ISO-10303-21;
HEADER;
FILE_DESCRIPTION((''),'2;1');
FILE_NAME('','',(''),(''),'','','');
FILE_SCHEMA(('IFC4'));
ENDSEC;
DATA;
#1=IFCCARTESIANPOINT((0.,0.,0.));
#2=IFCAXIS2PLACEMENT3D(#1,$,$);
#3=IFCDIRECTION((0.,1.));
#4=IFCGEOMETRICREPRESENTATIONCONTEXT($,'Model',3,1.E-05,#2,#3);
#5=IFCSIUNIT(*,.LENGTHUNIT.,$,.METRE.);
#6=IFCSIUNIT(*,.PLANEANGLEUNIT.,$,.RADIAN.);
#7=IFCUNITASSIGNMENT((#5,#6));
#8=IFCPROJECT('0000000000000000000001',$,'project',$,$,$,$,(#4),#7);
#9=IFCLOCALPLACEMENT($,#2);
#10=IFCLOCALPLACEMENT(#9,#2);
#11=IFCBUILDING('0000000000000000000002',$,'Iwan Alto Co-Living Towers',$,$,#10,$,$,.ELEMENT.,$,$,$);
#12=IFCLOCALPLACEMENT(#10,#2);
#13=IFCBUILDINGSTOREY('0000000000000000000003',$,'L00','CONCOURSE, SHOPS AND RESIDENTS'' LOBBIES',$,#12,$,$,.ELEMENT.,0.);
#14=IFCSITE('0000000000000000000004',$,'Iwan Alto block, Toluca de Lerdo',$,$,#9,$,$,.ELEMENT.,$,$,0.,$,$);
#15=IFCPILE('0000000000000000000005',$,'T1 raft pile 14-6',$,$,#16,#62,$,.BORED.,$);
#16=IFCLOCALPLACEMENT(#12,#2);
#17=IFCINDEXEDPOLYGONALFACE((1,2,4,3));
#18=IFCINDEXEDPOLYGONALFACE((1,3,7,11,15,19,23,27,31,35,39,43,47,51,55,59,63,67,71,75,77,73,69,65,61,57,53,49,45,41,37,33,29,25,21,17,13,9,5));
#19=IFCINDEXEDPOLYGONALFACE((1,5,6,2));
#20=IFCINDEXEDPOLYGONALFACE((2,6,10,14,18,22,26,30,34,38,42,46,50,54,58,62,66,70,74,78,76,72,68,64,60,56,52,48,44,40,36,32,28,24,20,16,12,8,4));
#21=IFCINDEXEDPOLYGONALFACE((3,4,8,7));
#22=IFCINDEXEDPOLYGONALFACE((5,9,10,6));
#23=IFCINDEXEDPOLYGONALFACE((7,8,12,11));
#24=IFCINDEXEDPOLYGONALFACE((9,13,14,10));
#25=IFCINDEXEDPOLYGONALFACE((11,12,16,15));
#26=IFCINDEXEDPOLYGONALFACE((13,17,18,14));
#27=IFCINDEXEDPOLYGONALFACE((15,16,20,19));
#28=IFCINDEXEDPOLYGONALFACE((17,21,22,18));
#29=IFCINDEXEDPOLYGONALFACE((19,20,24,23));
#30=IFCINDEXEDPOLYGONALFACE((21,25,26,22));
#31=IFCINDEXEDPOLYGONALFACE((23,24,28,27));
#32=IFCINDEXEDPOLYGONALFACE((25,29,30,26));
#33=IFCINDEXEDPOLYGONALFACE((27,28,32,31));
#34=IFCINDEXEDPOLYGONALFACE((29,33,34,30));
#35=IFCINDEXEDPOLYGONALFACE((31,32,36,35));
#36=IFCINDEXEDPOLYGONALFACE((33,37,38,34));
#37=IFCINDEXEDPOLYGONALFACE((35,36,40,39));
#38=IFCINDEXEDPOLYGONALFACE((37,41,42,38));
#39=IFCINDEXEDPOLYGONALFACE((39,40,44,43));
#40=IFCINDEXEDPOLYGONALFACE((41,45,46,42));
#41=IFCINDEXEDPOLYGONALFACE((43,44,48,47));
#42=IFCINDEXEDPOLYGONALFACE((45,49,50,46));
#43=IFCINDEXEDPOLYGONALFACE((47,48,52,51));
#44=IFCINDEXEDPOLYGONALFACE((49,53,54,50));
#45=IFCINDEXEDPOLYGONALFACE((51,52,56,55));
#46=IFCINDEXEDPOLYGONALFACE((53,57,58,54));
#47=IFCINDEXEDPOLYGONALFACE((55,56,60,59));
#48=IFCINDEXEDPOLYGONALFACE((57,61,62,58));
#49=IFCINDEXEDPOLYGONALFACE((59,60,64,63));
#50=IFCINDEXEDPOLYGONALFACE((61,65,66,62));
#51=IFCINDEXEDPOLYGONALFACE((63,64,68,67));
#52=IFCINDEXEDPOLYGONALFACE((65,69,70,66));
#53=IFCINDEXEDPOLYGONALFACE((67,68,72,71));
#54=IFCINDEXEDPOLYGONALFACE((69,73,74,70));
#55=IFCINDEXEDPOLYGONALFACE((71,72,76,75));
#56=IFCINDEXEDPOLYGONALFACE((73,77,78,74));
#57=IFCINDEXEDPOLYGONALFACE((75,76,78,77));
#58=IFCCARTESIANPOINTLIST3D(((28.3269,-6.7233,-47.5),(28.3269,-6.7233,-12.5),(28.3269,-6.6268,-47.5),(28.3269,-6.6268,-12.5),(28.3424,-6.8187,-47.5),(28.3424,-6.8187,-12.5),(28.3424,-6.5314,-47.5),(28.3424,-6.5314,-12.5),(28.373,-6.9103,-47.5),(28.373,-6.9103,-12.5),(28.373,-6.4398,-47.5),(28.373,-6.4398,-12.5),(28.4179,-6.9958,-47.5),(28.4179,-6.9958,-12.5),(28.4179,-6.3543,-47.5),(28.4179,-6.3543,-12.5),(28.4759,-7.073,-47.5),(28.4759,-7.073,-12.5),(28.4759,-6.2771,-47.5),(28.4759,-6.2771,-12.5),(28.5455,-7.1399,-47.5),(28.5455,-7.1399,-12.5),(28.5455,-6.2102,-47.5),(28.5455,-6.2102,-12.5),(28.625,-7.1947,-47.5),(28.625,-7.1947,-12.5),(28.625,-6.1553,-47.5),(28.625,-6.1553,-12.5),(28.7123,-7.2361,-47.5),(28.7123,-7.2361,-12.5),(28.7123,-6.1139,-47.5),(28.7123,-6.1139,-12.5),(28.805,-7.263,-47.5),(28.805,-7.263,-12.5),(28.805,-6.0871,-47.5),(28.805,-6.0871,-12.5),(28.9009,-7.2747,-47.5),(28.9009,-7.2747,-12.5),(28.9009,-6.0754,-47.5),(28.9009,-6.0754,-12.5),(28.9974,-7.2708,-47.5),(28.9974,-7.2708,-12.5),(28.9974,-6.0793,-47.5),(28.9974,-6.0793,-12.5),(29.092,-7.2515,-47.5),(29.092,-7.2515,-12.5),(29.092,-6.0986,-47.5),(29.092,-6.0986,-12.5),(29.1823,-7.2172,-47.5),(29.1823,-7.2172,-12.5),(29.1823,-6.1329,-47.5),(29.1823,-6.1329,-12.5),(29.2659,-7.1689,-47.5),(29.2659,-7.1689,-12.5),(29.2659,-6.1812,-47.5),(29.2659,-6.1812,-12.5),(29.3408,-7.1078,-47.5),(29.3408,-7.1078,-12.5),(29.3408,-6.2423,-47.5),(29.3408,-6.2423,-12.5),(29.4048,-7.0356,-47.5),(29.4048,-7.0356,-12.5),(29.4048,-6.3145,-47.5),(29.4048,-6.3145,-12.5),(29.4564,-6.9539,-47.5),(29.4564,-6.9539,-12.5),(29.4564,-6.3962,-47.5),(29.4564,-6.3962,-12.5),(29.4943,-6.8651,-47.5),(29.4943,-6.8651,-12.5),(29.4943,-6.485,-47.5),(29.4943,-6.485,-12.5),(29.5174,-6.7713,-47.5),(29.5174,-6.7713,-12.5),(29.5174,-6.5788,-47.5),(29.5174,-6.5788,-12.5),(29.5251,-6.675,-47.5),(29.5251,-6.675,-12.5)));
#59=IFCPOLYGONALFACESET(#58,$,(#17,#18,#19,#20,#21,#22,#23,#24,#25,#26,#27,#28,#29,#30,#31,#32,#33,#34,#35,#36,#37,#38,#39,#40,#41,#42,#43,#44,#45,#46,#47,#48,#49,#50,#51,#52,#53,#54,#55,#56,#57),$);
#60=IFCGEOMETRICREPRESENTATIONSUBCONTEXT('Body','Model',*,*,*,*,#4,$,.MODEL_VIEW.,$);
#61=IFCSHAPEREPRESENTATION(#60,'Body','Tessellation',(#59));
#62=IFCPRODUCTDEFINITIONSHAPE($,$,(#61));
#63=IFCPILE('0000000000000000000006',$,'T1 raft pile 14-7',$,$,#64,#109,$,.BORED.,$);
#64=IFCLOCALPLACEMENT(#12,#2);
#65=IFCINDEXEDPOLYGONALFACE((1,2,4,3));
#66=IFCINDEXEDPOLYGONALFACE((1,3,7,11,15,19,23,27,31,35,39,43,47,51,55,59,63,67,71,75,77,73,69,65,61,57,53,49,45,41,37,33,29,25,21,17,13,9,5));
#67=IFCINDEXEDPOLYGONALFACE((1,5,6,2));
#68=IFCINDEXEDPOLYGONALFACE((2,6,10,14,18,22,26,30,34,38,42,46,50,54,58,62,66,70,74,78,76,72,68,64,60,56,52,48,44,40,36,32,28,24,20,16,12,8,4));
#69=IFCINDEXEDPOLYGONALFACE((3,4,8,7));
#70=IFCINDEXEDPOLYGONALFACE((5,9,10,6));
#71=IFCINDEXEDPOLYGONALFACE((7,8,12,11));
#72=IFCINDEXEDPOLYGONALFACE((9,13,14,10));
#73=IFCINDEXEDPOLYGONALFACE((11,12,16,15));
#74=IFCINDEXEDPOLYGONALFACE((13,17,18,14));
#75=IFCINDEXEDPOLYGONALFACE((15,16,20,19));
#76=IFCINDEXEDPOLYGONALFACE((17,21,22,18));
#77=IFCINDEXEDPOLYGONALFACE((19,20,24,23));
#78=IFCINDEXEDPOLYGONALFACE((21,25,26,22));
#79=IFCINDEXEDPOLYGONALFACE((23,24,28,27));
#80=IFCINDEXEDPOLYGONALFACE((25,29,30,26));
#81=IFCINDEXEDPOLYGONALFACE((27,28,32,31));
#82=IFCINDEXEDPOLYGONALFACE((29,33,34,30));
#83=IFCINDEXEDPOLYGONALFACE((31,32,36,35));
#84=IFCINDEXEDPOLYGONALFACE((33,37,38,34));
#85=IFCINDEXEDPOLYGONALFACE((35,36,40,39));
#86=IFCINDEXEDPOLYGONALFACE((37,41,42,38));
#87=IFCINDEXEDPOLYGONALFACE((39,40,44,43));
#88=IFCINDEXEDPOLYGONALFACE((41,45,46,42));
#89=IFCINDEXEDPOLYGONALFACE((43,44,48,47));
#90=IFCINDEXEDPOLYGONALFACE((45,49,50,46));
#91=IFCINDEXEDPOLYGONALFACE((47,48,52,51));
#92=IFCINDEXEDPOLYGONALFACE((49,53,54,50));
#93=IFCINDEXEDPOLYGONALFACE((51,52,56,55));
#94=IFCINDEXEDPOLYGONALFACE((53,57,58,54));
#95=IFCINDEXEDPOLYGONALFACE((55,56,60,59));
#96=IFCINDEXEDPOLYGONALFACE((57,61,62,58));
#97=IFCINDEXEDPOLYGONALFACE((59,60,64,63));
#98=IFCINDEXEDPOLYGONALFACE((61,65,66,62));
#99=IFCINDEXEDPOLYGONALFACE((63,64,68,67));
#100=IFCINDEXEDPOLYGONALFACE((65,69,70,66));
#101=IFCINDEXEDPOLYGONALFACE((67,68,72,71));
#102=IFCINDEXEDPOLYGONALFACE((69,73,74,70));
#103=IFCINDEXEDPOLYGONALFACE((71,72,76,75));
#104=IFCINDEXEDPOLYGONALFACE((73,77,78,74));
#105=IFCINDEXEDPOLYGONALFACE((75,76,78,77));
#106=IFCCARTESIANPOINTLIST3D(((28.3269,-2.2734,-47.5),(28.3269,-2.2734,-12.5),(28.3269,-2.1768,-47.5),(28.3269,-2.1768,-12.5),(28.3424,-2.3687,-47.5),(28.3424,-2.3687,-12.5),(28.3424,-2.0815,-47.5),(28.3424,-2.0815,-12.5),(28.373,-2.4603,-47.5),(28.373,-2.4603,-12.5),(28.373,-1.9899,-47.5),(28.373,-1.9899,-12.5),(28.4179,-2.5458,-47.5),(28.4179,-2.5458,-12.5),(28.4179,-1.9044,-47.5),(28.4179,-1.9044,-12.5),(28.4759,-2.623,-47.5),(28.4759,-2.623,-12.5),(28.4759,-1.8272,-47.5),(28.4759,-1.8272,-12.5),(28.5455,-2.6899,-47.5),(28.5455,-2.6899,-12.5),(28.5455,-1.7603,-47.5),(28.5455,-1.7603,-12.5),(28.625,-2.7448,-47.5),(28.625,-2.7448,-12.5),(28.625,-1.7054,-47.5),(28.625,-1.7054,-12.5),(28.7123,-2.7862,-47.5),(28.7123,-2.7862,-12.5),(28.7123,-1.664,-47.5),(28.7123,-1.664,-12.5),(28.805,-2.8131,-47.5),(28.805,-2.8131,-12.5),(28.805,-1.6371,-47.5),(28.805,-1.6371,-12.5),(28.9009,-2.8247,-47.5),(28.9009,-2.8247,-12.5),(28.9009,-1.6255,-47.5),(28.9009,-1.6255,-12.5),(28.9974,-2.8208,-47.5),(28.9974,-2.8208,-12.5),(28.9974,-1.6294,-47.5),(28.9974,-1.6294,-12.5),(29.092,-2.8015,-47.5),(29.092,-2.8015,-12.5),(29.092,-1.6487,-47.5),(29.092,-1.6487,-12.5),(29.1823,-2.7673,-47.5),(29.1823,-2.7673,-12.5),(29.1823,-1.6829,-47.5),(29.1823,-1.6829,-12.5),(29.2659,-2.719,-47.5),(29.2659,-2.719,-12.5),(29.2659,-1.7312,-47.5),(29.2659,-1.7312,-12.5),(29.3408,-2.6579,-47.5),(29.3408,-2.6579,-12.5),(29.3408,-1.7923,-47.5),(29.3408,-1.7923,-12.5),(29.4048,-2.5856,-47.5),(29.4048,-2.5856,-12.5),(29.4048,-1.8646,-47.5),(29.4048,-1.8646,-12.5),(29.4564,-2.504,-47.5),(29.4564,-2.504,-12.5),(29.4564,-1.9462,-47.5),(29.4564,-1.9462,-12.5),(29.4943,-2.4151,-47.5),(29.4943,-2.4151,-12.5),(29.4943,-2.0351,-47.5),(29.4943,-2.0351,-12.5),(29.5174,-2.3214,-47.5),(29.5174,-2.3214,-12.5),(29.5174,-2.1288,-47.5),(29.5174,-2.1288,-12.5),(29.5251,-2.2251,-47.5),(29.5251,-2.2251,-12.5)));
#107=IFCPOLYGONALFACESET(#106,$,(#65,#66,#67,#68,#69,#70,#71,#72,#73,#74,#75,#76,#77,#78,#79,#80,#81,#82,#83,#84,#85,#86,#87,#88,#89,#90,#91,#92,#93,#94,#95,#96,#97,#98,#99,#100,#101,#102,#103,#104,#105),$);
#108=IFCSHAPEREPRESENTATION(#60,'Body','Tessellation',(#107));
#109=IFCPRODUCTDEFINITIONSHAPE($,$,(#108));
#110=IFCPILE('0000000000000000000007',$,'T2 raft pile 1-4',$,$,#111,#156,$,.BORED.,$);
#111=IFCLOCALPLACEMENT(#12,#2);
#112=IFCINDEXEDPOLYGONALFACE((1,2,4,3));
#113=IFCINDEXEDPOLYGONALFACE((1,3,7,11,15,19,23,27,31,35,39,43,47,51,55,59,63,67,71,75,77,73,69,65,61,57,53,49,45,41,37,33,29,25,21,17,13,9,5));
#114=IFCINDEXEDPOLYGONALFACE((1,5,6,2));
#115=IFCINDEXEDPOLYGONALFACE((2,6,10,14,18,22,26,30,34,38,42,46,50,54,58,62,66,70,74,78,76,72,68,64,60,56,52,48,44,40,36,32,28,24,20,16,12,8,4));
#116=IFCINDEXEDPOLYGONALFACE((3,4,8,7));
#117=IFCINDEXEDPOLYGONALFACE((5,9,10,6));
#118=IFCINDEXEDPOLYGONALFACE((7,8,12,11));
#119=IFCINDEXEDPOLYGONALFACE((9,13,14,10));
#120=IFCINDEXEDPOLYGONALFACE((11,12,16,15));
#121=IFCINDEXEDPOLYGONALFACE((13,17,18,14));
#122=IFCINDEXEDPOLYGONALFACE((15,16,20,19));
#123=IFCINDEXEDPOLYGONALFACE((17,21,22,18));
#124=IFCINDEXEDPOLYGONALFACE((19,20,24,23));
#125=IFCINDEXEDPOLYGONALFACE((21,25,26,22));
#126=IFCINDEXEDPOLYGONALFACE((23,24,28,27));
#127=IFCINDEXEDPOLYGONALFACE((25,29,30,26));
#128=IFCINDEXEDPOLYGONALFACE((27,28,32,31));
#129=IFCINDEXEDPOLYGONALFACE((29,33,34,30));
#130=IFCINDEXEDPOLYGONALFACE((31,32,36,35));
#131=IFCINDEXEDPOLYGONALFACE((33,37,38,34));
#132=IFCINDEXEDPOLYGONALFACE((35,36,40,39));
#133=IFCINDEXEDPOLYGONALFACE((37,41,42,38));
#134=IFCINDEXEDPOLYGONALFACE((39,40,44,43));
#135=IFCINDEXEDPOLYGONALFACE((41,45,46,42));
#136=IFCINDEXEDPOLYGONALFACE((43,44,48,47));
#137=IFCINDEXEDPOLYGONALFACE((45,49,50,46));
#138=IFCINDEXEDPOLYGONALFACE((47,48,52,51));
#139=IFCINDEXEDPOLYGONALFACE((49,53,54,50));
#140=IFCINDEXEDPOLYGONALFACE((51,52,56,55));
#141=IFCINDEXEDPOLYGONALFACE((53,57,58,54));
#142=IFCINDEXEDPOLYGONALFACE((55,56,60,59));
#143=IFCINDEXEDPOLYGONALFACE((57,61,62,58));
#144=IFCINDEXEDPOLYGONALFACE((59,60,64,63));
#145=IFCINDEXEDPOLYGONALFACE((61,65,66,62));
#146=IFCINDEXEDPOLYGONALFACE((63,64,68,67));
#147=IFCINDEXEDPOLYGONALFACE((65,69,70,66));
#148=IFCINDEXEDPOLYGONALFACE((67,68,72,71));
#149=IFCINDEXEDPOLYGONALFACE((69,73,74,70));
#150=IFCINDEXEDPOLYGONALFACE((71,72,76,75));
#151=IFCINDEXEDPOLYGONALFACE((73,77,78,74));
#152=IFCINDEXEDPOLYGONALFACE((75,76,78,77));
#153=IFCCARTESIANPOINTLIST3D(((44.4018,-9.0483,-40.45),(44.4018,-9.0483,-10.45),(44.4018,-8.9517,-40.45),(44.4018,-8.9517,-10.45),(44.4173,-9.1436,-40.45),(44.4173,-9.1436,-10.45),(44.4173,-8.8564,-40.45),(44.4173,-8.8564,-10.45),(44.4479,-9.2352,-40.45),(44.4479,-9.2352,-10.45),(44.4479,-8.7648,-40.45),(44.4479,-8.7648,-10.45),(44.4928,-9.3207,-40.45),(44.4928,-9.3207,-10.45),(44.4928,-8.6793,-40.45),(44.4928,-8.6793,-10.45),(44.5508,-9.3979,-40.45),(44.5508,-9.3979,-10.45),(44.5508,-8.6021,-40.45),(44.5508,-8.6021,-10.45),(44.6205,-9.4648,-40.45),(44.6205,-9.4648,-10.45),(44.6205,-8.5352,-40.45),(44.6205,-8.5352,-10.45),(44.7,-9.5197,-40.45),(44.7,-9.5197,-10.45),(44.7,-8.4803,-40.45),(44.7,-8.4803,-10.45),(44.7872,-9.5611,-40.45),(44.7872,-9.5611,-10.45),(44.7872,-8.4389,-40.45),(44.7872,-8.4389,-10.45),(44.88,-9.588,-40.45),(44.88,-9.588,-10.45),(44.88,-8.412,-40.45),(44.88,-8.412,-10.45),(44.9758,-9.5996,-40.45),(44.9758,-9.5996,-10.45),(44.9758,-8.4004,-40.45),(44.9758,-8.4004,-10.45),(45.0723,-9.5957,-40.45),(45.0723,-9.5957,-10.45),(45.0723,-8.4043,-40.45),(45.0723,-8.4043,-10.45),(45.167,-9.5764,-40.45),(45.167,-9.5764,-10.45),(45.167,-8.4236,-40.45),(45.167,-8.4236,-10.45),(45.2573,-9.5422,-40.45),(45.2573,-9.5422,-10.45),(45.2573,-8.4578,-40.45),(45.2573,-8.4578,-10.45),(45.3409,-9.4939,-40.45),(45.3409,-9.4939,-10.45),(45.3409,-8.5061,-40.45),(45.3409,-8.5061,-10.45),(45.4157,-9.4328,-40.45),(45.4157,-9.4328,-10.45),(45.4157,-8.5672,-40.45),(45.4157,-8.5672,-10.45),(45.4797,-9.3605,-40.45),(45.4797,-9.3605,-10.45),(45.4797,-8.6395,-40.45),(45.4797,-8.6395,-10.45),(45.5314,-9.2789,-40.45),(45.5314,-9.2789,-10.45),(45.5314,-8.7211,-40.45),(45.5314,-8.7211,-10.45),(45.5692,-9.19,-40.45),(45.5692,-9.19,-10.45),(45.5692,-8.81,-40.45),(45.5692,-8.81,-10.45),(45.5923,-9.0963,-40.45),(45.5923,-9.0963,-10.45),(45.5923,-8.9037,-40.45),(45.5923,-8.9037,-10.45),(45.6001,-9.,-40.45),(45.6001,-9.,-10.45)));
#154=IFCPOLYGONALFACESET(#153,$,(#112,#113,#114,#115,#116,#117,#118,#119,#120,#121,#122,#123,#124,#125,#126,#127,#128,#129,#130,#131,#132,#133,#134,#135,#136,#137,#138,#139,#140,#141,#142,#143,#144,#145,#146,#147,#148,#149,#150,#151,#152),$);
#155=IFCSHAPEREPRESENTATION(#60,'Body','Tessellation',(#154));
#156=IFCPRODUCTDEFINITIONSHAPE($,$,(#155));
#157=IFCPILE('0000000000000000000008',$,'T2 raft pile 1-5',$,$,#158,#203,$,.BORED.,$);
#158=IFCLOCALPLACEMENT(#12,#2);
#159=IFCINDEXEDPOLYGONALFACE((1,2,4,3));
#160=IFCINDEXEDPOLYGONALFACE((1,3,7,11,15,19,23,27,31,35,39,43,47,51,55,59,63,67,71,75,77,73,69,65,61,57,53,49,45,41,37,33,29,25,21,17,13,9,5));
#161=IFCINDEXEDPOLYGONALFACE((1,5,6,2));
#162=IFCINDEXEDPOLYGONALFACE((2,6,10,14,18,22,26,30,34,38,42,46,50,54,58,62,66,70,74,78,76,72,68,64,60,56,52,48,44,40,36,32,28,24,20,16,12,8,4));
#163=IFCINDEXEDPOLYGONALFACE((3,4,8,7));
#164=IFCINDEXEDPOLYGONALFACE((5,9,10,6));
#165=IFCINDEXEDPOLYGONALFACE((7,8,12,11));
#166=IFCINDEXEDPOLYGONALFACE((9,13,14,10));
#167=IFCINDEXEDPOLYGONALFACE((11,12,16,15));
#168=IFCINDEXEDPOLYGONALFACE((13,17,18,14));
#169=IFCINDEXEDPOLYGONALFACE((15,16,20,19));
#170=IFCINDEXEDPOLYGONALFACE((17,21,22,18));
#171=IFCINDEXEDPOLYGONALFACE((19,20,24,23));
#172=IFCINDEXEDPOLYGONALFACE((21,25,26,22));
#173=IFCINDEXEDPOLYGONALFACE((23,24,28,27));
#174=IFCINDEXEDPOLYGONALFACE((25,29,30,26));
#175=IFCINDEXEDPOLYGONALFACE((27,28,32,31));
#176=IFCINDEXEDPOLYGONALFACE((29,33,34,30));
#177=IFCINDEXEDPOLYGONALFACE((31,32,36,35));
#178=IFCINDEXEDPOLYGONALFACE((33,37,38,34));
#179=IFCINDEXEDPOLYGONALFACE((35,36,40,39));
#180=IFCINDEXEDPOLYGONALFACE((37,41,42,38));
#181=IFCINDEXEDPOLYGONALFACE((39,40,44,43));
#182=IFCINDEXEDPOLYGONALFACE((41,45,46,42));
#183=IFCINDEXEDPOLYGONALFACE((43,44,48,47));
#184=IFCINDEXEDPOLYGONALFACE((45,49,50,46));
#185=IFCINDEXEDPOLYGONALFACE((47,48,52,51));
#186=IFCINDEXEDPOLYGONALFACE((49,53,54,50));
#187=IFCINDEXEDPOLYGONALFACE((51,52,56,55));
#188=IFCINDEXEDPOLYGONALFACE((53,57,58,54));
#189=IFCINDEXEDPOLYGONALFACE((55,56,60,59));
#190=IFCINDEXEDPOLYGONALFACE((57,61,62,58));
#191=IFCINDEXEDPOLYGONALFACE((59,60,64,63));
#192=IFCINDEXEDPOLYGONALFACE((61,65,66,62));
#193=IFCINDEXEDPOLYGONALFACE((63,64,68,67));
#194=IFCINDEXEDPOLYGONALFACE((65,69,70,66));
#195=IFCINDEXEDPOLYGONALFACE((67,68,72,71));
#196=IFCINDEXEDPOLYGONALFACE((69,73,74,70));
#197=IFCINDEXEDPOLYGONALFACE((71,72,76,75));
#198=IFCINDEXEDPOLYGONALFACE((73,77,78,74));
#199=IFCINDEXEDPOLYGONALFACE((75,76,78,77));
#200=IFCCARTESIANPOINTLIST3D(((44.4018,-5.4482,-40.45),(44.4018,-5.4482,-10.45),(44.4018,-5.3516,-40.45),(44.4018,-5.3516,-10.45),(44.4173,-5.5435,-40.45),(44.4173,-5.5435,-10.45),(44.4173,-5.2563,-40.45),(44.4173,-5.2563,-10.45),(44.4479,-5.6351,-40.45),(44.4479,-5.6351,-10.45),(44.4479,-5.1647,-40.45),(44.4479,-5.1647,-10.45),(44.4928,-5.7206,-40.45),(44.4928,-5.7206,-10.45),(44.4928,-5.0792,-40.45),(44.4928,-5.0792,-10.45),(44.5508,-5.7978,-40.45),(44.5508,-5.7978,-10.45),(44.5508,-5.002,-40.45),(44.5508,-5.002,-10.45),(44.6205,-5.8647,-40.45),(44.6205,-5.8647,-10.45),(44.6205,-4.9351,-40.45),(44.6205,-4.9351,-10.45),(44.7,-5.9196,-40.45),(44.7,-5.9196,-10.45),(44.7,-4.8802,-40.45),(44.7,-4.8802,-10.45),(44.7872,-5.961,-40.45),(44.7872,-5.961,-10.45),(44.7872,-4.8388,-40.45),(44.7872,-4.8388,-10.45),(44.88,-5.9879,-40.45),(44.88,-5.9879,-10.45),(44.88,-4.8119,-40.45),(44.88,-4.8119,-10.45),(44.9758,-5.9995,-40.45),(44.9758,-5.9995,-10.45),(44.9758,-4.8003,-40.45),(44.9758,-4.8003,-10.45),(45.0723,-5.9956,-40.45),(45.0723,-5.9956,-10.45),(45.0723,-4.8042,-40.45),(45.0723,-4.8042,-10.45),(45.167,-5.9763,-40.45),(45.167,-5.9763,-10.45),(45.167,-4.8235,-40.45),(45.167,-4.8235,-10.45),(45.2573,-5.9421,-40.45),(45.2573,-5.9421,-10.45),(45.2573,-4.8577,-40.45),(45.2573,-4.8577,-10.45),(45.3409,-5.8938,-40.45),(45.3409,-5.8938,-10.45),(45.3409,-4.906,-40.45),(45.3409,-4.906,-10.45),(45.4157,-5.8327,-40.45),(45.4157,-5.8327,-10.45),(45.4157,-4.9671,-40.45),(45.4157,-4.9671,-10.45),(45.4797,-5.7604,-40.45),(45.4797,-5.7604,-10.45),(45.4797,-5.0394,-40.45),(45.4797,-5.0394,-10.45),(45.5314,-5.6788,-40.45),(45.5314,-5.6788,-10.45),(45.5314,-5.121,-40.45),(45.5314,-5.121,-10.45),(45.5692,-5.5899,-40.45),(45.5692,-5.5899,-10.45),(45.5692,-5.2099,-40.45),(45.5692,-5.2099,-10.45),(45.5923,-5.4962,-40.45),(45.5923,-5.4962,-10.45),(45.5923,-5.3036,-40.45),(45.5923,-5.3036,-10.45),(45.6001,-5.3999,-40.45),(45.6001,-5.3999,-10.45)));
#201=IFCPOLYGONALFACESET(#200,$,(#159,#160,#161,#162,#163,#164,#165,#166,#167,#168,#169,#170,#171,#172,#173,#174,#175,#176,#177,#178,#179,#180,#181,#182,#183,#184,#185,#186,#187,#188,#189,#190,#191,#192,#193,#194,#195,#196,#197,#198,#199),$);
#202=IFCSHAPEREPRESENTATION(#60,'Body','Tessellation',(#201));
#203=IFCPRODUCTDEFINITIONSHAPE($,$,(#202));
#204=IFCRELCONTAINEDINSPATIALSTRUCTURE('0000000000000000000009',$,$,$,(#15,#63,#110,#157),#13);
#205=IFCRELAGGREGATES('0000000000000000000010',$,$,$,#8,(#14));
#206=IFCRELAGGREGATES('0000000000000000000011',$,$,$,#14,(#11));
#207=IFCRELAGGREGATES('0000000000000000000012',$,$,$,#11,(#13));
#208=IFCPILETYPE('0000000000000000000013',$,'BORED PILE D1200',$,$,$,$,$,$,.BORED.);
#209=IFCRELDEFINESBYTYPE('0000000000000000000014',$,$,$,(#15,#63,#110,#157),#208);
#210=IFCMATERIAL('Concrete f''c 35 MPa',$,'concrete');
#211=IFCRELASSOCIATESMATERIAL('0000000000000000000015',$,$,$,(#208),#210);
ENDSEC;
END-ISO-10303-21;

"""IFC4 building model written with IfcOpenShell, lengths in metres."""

from ifc_helpers import new_model, si_unit, direction, frame, origin, origin_2d, place, context, subcontext, project, spatial, circle, extrude, material, material_profile, profile_set, type_object, element, save


model = new_model("IFC4")

# Units and contexts
model_context = context("Model", 3, precision=1e-05, world=origin(), true_north=direction((0.0, 1.0)))
body_context = subcontext(model_context, "Body", "Model", "MODEL_VIEW")
ifc_project = project(units=[si_unit("LENGTHUNIT", "METRE"), si_unit("PLANEANGLEUNIT", "RADIAN")], contexts=[model_context])

# Site, building, storey
site_placement = place(None, origin())
site = spatial("IfcSite", under=ifc_project, at=site_placement, Name="Iwan Alto block, Toluca de Lerdo", CompositionType="ELEMENT", RefElevation=0.0)
building_placement = place(site_placement, origin())
building = spatial("IfcBuilding", under=site, at=building_placement, Name="Iwan Alto Co-Living Towers", CompositionType="ELEMENT")
storey_placement = place(building_placement, origin())
storey = spatial("IfcBuildingStorey", under=building, at=storey_placement, Name="L00", Description="CONCOURSE, SHOPS AND RESIDENTS' LOBBIES", CompositionType="ELEMENT", Elevation=0.0)

# Piles
ifc_material_1 = material(Name="Concrete f'c 35 MPa", Category="concrete")
ifc_material_profile_1 = material_profile(ifc_material_1, circle(Radius=0.6001, at=origin_2d()), Name="D1200")
ifc_profile_set_1 = profile_set([ifc_material_profile_1], Name="Concrete f'c 35 MPa")
pile_type_1 = type_object("IfcPileType", Name="BORED PILE D1200", PredefinedType="BORED", material=ifc_profile_set_1)
for number, where, z_axis, x_axis, name in (
    (1, (28.925, -6.675, -12.5), (0.0, 0.0, -1.0), (1.0, 0.0, 0.0), "T1 raft pile 14-6"),
    (2, (28.925, -2.2251, -12.5), (0.0, 0.0, -1.0), (1.0, 0.0, 0.0), "T1 raft pile 14-7"),
):
    element("IfcPile", number, at=place(storey_placement, frame(where, z_axis=z_axis, x_axis=x_axis)), inside=storey, type_object=pile_type_1, Name=name, PredefinedType="BORED", context=body_context, shape_type="SweptSolid", body=[
        extrude(circle(Radius=0.6001, at=origin_2d()), origin(), (0.0, 0.0, 1.0), 35.0),
    ])
for number, where, z_axis, x_axis, name in (
    (3, (45.0, -9.0, -10.45), (0.0, 0.0, -1.0), (1.0, 0.0, 0.0), "T2 raft pile 1-4"),
    (4, (45.0, -5.3999, -10.45), (0.0, 0.0, -1.0), (1.0, 0.0, 0.0), "T2 raft pile 1-5"),
):
    element("IfcPile", number, at=place(storey_placement, frame(where, z_axis=z_axis, x_axis=x_axis)), inside=storey, type_object=pile_type_1, Name=name, PredefinedType="BORED", context=body_context, shape_type="SweptSolid", body=[
        extrude(circle(Radius=0.6001, at=origin_2d()), origin(), (0.0, 0.0, 1.0), 30.0),
    ])

save(model, "model.ifc")
